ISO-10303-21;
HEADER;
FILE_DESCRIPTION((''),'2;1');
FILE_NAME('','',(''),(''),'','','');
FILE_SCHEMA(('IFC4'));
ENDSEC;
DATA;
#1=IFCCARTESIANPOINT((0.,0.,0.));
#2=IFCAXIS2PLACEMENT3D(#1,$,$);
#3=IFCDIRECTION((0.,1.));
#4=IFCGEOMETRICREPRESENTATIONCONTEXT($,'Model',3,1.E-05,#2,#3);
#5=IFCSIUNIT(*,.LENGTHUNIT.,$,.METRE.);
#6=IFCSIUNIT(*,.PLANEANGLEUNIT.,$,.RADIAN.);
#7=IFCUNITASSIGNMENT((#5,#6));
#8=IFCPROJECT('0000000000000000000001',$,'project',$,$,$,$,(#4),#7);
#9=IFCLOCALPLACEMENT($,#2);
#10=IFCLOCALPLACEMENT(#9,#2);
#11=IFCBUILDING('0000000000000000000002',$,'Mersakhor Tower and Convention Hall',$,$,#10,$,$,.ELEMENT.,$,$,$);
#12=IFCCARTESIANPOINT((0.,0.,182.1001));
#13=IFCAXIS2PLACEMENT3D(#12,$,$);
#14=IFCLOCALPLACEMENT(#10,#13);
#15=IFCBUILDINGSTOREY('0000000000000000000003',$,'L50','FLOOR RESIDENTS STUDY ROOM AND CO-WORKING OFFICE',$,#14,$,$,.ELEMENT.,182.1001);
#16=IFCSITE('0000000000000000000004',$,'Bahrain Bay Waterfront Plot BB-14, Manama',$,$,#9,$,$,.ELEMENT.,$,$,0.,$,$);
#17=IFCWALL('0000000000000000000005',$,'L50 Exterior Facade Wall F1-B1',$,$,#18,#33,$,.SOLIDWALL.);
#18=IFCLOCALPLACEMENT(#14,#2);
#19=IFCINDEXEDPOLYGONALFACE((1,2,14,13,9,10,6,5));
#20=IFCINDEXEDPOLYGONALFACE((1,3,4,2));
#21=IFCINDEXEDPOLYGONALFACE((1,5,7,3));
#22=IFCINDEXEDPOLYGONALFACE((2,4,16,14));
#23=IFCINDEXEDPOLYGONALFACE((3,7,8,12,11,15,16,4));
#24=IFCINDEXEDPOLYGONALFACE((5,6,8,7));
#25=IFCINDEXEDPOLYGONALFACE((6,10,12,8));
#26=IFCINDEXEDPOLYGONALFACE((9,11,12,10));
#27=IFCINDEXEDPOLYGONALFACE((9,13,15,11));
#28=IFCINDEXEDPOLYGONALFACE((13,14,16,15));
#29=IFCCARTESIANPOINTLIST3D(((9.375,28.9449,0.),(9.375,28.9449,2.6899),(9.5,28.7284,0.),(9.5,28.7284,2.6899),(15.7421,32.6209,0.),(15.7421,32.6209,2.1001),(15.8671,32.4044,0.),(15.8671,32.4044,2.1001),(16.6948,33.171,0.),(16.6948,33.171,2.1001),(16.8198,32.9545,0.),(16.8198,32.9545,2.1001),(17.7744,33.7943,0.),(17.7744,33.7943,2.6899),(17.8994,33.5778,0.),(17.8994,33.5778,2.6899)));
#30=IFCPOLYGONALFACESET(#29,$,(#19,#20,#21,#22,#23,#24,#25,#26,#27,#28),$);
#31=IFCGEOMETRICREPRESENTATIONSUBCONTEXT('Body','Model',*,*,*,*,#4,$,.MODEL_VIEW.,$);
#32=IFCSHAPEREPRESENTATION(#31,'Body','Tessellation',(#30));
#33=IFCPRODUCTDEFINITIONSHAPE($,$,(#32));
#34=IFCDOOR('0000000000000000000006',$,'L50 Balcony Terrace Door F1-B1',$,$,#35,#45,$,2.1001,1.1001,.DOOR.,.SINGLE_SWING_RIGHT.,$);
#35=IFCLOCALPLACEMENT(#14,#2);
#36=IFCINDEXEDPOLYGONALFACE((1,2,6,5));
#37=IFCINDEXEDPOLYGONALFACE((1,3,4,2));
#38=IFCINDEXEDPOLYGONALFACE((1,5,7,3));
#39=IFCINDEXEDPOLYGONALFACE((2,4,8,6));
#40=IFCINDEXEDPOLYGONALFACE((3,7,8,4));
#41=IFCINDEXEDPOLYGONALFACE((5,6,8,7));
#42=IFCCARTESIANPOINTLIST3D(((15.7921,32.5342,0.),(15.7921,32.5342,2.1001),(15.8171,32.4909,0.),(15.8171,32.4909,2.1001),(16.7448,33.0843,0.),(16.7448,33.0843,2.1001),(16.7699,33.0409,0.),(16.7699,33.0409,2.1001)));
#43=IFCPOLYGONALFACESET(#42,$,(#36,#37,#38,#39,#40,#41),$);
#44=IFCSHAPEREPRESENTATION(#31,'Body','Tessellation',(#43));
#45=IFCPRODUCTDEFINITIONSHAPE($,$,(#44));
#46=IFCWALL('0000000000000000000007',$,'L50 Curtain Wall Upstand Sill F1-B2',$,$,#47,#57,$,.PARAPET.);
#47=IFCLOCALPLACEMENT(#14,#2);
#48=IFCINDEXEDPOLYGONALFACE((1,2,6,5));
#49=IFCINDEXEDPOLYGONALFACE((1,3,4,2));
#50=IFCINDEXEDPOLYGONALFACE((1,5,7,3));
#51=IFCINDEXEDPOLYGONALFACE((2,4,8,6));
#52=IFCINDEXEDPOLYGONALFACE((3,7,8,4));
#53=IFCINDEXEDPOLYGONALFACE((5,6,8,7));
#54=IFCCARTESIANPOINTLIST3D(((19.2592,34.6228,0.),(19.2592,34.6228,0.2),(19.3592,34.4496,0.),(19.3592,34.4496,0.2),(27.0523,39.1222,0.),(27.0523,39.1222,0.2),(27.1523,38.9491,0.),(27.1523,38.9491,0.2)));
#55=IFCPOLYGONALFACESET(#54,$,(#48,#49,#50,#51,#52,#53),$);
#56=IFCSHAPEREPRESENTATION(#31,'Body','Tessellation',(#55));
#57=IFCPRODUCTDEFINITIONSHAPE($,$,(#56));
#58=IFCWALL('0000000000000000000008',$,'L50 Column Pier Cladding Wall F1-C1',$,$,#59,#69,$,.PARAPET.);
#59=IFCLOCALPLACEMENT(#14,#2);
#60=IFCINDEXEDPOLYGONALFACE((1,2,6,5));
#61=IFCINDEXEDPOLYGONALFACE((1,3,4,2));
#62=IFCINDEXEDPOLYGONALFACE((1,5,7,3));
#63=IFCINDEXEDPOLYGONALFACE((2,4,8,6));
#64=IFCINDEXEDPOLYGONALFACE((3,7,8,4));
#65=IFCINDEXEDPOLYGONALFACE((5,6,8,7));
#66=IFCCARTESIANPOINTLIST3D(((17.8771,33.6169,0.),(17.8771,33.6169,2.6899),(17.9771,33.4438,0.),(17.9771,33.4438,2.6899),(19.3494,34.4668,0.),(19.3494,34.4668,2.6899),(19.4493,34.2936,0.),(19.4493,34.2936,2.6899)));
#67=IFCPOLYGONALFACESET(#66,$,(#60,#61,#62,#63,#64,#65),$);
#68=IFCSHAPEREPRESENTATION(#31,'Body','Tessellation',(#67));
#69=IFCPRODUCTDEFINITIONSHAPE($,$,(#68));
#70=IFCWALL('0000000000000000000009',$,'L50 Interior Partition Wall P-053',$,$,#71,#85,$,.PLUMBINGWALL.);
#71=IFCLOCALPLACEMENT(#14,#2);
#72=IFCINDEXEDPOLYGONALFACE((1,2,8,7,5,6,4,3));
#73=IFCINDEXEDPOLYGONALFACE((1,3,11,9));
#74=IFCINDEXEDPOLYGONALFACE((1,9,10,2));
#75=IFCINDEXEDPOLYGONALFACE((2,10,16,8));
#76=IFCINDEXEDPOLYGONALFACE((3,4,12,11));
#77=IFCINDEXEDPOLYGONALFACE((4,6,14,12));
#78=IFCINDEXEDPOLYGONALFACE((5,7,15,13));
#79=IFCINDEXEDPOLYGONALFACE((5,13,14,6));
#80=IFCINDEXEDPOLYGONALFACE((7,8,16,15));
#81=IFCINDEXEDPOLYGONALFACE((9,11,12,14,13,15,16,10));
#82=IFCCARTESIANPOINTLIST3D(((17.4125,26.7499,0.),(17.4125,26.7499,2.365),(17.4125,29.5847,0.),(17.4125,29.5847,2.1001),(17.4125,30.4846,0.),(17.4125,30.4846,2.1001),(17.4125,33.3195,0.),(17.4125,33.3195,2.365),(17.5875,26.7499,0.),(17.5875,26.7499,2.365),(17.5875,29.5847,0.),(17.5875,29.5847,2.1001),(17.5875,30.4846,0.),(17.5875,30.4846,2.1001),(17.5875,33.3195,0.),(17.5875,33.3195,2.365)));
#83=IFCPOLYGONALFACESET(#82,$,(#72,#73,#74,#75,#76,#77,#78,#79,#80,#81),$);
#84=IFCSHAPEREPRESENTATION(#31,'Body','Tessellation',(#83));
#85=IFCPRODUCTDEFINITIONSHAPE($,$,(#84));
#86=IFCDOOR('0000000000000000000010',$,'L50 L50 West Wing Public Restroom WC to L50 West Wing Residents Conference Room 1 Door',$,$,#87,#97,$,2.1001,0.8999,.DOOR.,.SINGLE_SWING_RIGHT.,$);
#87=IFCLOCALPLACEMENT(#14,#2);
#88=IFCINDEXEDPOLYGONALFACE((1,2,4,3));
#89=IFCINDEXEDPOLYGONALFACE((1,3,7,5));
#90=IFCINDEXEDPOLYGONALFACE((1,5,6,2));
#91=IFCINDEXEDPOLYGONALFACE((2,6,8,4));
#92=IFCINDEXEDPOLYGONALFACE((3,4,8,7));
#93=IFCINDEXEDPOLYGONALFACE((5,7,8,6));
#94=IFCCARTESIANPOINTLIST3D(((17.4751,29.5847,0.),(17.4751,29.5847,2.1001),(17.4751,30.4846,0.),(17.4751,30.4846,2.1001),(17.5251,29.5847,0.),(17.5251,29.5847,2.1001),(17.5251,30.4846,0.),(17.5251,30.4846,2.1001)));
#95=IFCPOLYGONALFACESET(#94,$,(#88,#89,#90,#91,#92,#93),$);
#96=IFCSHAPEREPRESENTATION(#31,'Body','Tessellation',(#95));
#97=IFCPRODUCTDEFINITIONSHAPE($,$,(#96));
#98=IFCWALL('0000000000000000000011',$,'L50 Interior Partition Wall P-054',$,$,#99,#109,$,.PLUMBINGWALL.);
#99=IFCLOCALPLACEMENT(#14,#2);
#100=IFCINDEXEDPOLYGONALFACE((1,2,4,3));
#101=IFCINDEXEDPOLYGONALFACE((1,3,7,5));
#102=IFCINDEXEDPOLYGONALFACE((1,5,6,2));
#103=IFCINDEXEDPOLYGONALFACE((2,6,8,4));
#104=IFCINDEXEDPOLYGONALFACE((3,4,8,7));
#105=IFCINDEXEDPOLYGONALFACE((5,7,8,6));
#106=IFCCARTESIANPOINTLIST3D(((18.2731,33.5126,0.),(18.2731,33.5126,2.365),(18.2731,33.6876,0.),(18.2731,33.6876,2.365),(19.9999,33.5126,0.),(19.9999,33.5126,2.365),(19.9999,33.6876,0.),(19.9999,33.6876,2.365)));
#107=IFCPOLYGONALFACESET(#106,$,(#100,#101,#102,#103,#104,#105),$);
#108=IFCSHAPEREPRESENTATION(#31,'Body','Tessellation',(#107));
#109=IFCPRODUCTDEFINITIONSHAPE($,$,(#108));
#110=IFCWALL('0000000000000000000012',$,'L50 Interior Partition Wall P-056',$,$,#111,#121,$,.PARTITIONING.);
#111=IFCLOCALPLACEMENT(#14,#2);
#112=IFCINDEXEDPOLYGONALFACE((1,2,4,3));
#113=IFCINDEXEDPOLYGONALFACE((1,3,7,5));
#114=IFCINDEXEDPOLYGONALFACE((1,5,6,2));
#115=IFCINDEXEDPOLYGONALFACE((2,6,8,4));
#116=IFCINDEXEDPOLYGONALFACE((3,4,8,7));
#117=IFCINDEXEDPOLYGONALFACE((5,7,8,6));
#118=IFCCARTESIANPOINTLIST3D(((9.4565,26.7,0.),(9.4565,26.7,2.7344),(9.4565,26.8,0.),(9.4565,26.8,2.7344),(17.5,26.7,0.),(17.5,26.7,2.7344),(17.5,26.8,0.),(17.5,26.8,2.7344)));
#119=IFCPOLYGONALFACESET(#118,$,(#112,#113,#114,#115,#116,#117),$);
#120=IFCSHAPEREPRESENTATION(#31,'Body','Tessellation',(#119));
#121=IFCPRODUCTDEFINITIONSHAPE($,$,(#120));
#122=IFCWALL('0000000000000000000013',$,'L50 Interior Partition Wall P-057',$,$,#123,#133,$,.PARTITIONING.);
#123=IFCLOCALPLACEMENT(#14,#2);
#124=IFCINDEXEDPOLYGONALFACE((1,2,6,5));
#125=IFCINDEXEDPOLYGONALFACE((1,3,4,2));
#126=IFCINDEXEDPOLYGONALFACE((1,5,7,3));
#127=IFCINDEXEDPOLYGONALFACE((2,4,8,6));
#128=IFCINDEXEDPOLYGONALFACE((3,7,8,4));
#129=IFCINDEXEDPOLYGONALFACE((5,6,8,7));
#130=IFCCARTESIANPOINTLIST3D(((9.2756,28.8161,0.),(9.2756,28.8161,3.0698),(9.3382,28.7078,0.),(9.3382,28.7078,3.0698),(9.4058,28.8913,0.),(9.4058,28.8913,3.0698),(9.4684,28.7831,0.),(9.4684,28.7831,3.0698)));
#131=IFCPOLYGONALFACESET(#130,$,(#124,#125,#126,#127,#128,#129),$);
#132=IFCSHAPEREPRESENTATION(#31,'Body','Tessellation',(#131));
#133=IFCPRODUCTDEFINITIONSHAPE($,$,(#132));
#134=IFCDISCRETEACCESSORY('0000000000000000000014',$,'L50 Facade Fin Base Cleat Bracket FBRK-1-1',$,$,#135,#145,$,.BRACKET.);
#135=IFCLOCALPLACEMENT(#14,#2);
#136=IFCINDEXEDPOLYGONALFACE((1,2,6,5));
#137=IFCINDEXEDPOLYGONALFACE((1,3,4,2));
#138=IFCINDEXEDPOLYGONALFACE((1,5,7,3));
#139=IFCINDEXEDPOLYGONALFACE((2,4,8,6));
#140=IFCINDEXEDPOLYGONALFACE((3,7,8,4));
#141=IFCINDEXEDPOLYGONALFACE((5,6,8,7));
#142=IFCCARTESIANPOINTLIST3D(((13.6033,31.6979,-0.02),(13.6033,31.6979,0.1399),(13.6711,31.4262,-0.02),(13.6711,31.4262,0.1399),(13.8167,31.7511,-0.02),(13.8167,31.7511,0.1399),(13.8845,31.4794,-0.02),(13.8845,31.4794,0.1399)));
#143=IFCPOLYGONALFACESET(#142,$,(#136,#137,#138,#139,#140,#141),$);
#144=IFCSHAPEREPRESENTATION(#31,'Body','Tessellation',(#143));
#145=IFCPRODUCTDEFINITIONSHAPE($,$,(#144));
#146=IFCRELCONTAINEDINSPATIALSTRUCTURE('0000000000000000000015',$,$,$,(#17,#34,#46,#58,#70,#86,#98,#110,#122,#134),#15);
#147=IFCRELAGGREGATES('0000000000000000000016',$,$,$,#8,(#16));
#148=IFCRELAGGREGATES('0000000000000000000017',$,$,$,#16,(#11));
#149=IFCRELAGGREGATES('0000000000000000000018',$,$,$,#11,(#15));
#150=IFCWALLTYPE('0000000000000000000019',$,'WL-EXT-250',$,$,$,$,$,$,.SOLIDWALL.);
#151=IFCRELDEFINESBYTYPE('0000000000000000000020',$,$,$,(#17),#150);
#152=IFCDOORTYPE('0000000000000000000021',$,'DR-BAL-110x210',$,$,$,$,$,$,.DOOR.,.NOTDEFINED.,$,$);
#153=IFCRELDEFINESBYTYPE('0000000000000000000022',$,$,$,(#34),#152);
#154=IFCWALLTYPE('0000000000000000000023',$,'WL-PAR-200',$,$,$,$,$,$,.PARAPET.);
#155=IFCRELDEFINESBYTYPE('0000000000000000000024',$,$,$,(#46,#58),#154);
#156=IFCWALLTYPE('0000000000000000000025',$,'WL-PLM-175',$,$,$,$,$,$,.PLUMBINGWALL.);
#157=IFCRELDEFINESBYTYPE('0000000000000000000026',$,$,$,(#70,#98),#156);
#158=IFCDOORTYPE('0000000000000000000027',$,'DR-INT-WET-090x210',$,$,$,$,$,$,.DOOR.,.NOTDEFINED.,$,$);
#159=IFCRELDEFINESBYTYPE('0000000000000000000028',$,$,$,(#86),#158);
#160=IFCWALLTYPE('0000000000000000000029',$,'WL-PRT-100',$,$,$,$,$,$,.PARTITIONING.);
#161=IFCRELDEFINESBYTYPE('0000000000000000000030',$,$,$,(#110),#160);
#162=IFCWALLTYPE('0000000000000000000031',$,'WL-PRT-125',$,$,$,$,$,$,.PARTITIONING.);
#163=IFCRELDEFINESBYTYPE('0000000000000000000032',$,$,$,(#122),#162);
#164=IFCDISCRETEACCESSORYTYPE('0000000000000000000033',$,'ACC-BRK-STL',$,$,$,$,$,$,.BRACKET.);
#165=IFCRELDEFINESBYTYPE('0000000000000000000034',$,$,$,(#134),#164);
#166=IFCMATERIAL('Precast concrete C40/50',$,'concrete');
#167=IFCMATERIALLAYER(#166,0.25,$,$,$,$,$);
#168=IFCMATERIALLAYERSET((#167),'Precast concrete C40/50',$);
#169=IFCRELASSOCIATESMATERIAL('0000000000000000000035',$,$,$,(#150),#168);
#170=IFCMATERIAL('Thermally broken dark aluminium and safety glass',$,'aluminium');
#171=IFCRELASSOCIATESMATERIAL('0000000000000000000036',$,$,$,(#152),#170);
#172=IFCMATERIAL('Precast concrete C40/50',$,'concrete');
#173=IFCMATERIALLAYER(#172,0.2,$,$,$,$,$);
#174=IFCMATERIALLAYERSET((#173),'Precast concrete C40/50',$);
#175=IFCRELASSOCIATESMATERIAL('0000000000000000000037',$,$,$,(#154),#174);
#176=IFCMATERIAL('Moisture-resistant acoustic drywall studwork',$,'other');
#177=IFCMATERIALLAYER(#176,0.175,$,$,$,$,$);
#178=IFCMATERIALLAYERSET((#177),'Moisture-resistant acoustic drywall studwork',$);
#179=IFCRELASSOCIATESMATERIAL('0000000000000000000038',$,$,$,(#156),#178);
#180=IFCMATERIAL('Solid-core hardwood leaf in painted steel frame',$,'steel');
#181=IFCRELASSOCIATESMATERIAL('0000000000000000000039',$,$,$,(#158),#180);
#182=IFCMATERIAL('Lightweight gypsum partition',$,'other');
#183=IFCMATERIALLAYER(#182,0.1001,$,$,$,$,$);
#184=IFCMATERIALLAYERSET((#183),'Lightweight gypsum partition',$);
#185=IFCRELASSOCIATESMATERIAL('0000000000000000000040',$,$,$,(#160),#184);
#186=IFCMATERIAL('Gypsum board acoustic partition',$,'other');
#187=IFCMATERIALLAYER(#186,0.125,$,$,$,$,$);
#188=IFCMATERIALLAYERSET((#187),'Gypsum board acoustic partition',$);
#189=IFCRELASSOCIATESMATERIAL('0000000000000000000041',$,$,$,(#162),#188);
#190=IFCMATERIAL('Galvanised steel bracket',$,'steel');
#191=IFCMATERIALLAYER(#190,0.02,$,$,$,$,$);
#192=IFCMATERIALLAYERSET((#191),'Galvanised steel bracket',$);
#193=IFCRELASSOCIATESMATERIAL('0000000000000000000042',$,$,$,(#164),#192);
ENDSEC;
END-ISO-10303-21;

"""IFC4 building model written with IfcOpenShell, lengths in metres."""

from ifc_helpers import new_model, si_unit, direction, frame, frame_2d, origin, origin_2d, place, context, subcontext, project, spatial, rectangle, extrude, material, layer, layer_set, type_object, element, fill, save


model = new_model("IFC4")

# Units and contexts
model_context = context("Model", 3, precision=1e-05, world=origin(), true_north=direction((0.0, 1.0)))
body_context = subcontext(model_context, "Body", "Model", "MODEL_VIEW")
ifc_project = project(units=[si_unit("LENGTHUNIT", "METRE"), si_unit("PLANEANGLEUNIT", "RADIAN")], contexts=[model_context])

# Site, building, storey
site_placement = place(None, origin())
site = spatial("IfcSite", under=ifc_project, at=site_placement, Name="Bahrain Bay Waterfront Plot BB-14, Manama", CompositionType="ELEMENT", RefElevation=0.0)
building_placement = place(site_placement, origin())
building = spatial("IfcBuilding", under=site, at=building_placement, Name="Mersakhor Tower and Convention Hall", CompositionType="ELEMENT")
storey_placement = place(building_placement, frame((0.0, 0.0, 182.1001)))
storey = spatial("IfcBuildingStorey", under=building, at=storey_placement, Name="L50", Description="FLOOR RESIDENTS STUDY ROOM AND CO-WORKING OFFICE", CompositionType="ELEMENT", Elevation=182.1001)

# Wall, opening, door
ifc_material_1 = material(Name="Precast concrete C40/50", Category="concrete")
ifc_layer_1 = layer(ifc_material_1, 0.25)
ifc_layer_set_1 = layer_set([ifc_layer_1], Name="Precast concrete C40/50")
wall_type_1 = type_object("IfcWallType", Name="WL-EXT-250", PredefinedType="SOLIDWALL", material=ifc_layer_set_1)
wall_1_placement = place(storey_placement, frame((9.4375, 28.8367, 0.0), z_axis=(0.0, 0.0, 1.0), x_axis=(0.866027, 0.499997, 0.0)))
wall_1 = element("IfcWall", 1, at=wall_1_placement, inside=storey, type_object=wall_type_1, Name="L50 Exterior Facade Wall F1-B1", PredefinedType="SOLIDWALL", context=body_context, shape_type="SweptSolid", body=[
    extrude(rectangle(XDim=9.6987, YDim=0.25, at=frame_2d((4.8494, 0.0))), origin(), (0.0, 0.0, 1.0), 2.6899),
])
opening_1_placement = place(wall_1_placement, frame((7.3521, 0.0, 0.0)))
opening_1 = element("IfcOpeningElement", 2, at=opening_1_placement, cuts=wall_1, PredefinedType="OPENING", context=body_context, shape_type="SweptSolid", body=[
    extrude(rectangle(XDim=1.1001, YDim=2.1001, at=frame_2d((0.55, 1.05))), frame((0.0, 0.135, 0.0), z_axis=(0.0, -1.0, 0.0), x_axis=(1.0, 0.0, 0.0)), (0.0, 0.0, 1.0), 0.27),
])
ifc_material_2 = material(Name="Thermally broken dark aluminium and safety glass", Category="aluminium")
door_type_1 = type_object("IfcDoorType", Name="DR-BAL-110x210", OperationType="NOTDEFINED", PredefinedType="DOOR", material=ifc_material_2)
door_1_placement = place(opening_1_placement, origin())
door_1 = element("IfcDoor", 3, at=door_1_placement, inside=storey, type_object=door_type_1, Name="L50 Balcony Terrace Door F1-B1", OperationType="SINGLE_SWING_RIGHT", OverallHeight=2.1001, OverallWidth=1.1001, PredefinedType="DOOR", context=body_context, shape_type="SweptSolid", body=[
    extrude(rectangle(XDim=1.1001, YDim=2.1001, at=frame_2d((0.55, 1.05))), frame((0.0, 0.0249, 0.0), z_axis=(0.0, -1.0, 0.0), x_axis=(1.0, 0.0, 0.0)), (0.0, 0.0, 1.0), 0.05),
])
fill(opening_1, door_1)

# Walls
ifc_material_3 = material(Name="Precast concrete C40/50", Category="concrete")
ifc_layer_2 = layer(ifc_material_3, 0.2)
ifc_layer_set_2 = layer_set([ifc_layer_2], Name="Precast concrete C40/50")
wall_type_2 = type_object("IfcWallType", Name="WL-PAR-200", PredefinedType="PARAPET", material=ifc_layer_set_2)
wall_2_placement = place(storey_placement, frame((19.3091, 34.5361, 0.0), z_axis=(0.0, 0.0, 1.0), x_axis=(0.866021, 0.500008, 0.0)))
element("IfcWall", 4, at=wall_2_placement, inside=storey, type_object=wall_type_2, Name="L50 Curtain Wall Upstand Sill F1-B2", PredefinedType="PARAPET", context=body_context, shape_type="SweptSolid", body=[
    extrude(rectangle(XDim=8.9988, YDim=0.2, at=frame_2d((4.4995, 0.0))), origin(), (0.0, 0.0, 1.0), 0.2),
])
wall_3_placement = place(storey_placement, frame((17.927, 33.5303, 0.0), z_axis=(0.0, 0.0, 1.0), x_axis=(0.866052, 0.499955, 0.0)))
element("IfcWall", 5, at=wall_3_placement, inside=storey, type_object=wall_type_2, Name="L50 Column Pier Cladding Wall F1-C1", PredefinedType="PARAPET", context=body_context, shape_type="SweptSolid", body=[
    extrude(rectangle(XDim=1.7, YDim=0.2, at=frame_2d((0.8501, 0.0))), origin(), (0.0, 0.0, 1.0), 2.6899),
])

# Wall, opening, door
ifc_material_4 = material(Name="Moisture-resistant acoustic drywall studwork", Category="other")
ifc_layer_3 = layer(ifc_material_4, 0.175)
ifc_layer_set_3 = layer_set([ifc_layer_3], Name="Moisture-resistant acoustic drywall studwork")
wall_type_3 = type_object("IfcWallType", Name="WL-PLM-175", PredefinedType="PLUMBINGWALL", material=ifc_layer_set_3)
wall_4_placement = place(storey_placement, frame((17.5, 26.75, 0.0), z_axis=(0.0, 0.0, 1.0), x_axis=(0.0, 1.0, 0.0)))
wall_4 = element("IfcWall", 6, at=wall_4_placement, inside=storey, type_object=wall_type_3, Name="L50 Interior Partition Wall P-053", PredefinedType="PLUMBINGWALL", context=body_context, shape_type="SweptSolid", body=[
    extrude(rectangle(XDim=6.5696, YDim=0.175, at=frame_2d((3.2847, 0.0))), origin(), (0.0, 0.0, 1.0), 2.365),
])
opening_2_placement = place(wall_4_placement, frame((2.8347, 0.0, 0.0)))
opening_2 = element("IfcOpeningElement", 7, at=opening_2_placement, cuts=wall_4, PredefinedType="OPENING", context=body_context, shape_type="SweptSolid", body=[
    extrude(rectangle(XDim=0.8999, YDim=2.1001, at=frame_2d((0.45, 1.05))), frame((0.0, 0.0974, 0.0), z_axis=(0.0, -1.0, 0.0), x_axis=(1.0, 0.0, 0.0)), (0.0, 0.0, 1.0), 0.1951),
])
ifc_material_5 = material(Name="Solid-core hardwood leaf in painted steel frame", Category="steel")
door_type_2 = type_object("IfcDoorType", Name="DR-INT-WET-090x210", OperationType="NOTDEFINED", PredefinedType="DOOR", material=ifc_material_5)
door_2_placement = place(opening_2_placement, origin())
door_2 = element("IfcDoor", 8, at=door_2_placement, inside=storey, type_object=door_type_2, Name="L50 L50 West Wing Public Restroom WC to L50 West Wing Residents Conference Room 1 Door", OperationType="SINGLE_SWING_RIGHT", OverallHeight=2.1001, OverallWidth=0.8999, PredefinedType="DOOR", context=body_context, shape_type="SweptSolid", body=[
    extrude(rectangle(XDim=0.8999, YDim=2.1001, at=frame_2d((0.45, 1.05))), frame((0.0, 0.0249, 0.0), z_axis=(0.0, -1.0, 0.0), x_axis=(1.0, 0.0, 0.0)), (0.0, 0.0, 1.0), 0.05),
])
fill(opening_2, door_2)

# Walls
wall_5_placement = place(storey_placement, frame((18.2732, 33.6001, 0.0), z_axis=(0.0, 0.0, 1.0), x_axis=(1.0, 0.0, 0.0)))
element("IfcWall", 9, at=wall_5_placement, inside=storey, type_object=wall_type_3, Name="L50 Interior Partition Wall P-054", PredefinedType="PLUMBINGWALL", context=body_context, shape_type="SweptSolid", body=[
    extrude(rectangle(XDim=1.7268, YDim=0.175, at=frame_2d((0.8633, 0.0))), origin(), (0.0, 0.0, 1.0), 2.365),
])
ifc_material_6 = material(Name="Lightweight gypsum partition", Category="other")
ifc_layer_4 = layer(ifc_material_6, 0.1001)
ifc_layer_set_4 = layer_set([ifc_layer_4], Name="Lightweight gypsum partition")
wall_type_4 = type_object("IfcWallType", Name="WL-PRT-100", PredefinedType="PARTITIONING", material=ifc_layer_set_4)
wall_6_placement = place(storey_placement, frame((17.5, 26.75, 0.0), z_axis=(0.0, 0.0, 1.0), x_axis=(-1.0, 0.0, 0.0)))
element("IfcWall", 10, at=wall_6_placement, inside=storey, type_object=wall_type_4, Name="L50 Interior Partition Wall P-056", PredefinedType="PARTITIONING", context=body_context, shape_type="SweptSolid", body=[
    extrude(rectangle(XDim=8.0435, YDim=0.1001, at=frame_2d((4.0217, 0.0))), origin(), (0.0, 0.0, 1.0), 2.7344),
])
ifc_material_7 = material(Name="Gypsum board acoustic partition", Category="other")
ifc_layer_5 = layer(ifc_material_7, 0.125)
ifc_layer_set_5 = layer_set([ifc_layer_5], Name="Gypsum board acoustic partition")
wall_type_5 = type_object("IfcWallType", Name="WL-PRT-125", PredefinedType="PARTITIONING", material=ifc_layer_set_5)
wall_7_placement = place(storey_placement, frame((9.3069, 28.762, 0.0), z_axis=(0.0, 0.0, 1.0), x_axis=(0.865834, 0.500332, 0.0)))
element("IfcWall", 11, at=wall_7_placement, inside=storey, type_object=wall_type_5, Name="L50 Interior Partition Wall P-057", PredefinedType="PARTITIONING", context=body_context, shape_type="SweptSolid", body=[
    extrude(rectangle(XDim=0.1504, YDim=0.125, at=frame_2d((0.0752, 0.0))), origin(), (0.0, 0.0, 1.0), 3.0698),
])

# Discrete accessory
ifc_material_8 = material(Name="Galvanised steel bracket", Category="steel")
ifc_layer_6 = layer(ifc_material_8, 0.02)
ifc_layer_set_6 = layer_set([ifc_layer_6], Name="Galvanised steel bracket")
discrete_accessory_type = type_object("IfcDiscreteAccessoryType", Name="ACC-BRK-STL", PredefinedType="BRACKET", material=ifc_layer_set_6)
discrete_accessory_placement = place(storey_placement, frame((13.7439, 31.5886, -0.02), z_axis=(0.0, 0.0, 1.0), x_axis=(-0.241922, 0.970296, 0.0)))
element("IfcDiscreteAccessory", 12, at=discrete_accessory_placement, inside=storey, type_object=discrete_accessory_type, Name="L50 Facade Fin Base Cleat Bracket FBRK-1-1", PredefinedType="BRACKET", context=body_context, shape_type="SweptSolid", body=[
    extrude(rectangle(XDim=0.28, YDim=0.22, at=origin_2d()), origin(), (0.0, 0.0, 1.0), 0.1599),
])

save(model, "model.ifc")
